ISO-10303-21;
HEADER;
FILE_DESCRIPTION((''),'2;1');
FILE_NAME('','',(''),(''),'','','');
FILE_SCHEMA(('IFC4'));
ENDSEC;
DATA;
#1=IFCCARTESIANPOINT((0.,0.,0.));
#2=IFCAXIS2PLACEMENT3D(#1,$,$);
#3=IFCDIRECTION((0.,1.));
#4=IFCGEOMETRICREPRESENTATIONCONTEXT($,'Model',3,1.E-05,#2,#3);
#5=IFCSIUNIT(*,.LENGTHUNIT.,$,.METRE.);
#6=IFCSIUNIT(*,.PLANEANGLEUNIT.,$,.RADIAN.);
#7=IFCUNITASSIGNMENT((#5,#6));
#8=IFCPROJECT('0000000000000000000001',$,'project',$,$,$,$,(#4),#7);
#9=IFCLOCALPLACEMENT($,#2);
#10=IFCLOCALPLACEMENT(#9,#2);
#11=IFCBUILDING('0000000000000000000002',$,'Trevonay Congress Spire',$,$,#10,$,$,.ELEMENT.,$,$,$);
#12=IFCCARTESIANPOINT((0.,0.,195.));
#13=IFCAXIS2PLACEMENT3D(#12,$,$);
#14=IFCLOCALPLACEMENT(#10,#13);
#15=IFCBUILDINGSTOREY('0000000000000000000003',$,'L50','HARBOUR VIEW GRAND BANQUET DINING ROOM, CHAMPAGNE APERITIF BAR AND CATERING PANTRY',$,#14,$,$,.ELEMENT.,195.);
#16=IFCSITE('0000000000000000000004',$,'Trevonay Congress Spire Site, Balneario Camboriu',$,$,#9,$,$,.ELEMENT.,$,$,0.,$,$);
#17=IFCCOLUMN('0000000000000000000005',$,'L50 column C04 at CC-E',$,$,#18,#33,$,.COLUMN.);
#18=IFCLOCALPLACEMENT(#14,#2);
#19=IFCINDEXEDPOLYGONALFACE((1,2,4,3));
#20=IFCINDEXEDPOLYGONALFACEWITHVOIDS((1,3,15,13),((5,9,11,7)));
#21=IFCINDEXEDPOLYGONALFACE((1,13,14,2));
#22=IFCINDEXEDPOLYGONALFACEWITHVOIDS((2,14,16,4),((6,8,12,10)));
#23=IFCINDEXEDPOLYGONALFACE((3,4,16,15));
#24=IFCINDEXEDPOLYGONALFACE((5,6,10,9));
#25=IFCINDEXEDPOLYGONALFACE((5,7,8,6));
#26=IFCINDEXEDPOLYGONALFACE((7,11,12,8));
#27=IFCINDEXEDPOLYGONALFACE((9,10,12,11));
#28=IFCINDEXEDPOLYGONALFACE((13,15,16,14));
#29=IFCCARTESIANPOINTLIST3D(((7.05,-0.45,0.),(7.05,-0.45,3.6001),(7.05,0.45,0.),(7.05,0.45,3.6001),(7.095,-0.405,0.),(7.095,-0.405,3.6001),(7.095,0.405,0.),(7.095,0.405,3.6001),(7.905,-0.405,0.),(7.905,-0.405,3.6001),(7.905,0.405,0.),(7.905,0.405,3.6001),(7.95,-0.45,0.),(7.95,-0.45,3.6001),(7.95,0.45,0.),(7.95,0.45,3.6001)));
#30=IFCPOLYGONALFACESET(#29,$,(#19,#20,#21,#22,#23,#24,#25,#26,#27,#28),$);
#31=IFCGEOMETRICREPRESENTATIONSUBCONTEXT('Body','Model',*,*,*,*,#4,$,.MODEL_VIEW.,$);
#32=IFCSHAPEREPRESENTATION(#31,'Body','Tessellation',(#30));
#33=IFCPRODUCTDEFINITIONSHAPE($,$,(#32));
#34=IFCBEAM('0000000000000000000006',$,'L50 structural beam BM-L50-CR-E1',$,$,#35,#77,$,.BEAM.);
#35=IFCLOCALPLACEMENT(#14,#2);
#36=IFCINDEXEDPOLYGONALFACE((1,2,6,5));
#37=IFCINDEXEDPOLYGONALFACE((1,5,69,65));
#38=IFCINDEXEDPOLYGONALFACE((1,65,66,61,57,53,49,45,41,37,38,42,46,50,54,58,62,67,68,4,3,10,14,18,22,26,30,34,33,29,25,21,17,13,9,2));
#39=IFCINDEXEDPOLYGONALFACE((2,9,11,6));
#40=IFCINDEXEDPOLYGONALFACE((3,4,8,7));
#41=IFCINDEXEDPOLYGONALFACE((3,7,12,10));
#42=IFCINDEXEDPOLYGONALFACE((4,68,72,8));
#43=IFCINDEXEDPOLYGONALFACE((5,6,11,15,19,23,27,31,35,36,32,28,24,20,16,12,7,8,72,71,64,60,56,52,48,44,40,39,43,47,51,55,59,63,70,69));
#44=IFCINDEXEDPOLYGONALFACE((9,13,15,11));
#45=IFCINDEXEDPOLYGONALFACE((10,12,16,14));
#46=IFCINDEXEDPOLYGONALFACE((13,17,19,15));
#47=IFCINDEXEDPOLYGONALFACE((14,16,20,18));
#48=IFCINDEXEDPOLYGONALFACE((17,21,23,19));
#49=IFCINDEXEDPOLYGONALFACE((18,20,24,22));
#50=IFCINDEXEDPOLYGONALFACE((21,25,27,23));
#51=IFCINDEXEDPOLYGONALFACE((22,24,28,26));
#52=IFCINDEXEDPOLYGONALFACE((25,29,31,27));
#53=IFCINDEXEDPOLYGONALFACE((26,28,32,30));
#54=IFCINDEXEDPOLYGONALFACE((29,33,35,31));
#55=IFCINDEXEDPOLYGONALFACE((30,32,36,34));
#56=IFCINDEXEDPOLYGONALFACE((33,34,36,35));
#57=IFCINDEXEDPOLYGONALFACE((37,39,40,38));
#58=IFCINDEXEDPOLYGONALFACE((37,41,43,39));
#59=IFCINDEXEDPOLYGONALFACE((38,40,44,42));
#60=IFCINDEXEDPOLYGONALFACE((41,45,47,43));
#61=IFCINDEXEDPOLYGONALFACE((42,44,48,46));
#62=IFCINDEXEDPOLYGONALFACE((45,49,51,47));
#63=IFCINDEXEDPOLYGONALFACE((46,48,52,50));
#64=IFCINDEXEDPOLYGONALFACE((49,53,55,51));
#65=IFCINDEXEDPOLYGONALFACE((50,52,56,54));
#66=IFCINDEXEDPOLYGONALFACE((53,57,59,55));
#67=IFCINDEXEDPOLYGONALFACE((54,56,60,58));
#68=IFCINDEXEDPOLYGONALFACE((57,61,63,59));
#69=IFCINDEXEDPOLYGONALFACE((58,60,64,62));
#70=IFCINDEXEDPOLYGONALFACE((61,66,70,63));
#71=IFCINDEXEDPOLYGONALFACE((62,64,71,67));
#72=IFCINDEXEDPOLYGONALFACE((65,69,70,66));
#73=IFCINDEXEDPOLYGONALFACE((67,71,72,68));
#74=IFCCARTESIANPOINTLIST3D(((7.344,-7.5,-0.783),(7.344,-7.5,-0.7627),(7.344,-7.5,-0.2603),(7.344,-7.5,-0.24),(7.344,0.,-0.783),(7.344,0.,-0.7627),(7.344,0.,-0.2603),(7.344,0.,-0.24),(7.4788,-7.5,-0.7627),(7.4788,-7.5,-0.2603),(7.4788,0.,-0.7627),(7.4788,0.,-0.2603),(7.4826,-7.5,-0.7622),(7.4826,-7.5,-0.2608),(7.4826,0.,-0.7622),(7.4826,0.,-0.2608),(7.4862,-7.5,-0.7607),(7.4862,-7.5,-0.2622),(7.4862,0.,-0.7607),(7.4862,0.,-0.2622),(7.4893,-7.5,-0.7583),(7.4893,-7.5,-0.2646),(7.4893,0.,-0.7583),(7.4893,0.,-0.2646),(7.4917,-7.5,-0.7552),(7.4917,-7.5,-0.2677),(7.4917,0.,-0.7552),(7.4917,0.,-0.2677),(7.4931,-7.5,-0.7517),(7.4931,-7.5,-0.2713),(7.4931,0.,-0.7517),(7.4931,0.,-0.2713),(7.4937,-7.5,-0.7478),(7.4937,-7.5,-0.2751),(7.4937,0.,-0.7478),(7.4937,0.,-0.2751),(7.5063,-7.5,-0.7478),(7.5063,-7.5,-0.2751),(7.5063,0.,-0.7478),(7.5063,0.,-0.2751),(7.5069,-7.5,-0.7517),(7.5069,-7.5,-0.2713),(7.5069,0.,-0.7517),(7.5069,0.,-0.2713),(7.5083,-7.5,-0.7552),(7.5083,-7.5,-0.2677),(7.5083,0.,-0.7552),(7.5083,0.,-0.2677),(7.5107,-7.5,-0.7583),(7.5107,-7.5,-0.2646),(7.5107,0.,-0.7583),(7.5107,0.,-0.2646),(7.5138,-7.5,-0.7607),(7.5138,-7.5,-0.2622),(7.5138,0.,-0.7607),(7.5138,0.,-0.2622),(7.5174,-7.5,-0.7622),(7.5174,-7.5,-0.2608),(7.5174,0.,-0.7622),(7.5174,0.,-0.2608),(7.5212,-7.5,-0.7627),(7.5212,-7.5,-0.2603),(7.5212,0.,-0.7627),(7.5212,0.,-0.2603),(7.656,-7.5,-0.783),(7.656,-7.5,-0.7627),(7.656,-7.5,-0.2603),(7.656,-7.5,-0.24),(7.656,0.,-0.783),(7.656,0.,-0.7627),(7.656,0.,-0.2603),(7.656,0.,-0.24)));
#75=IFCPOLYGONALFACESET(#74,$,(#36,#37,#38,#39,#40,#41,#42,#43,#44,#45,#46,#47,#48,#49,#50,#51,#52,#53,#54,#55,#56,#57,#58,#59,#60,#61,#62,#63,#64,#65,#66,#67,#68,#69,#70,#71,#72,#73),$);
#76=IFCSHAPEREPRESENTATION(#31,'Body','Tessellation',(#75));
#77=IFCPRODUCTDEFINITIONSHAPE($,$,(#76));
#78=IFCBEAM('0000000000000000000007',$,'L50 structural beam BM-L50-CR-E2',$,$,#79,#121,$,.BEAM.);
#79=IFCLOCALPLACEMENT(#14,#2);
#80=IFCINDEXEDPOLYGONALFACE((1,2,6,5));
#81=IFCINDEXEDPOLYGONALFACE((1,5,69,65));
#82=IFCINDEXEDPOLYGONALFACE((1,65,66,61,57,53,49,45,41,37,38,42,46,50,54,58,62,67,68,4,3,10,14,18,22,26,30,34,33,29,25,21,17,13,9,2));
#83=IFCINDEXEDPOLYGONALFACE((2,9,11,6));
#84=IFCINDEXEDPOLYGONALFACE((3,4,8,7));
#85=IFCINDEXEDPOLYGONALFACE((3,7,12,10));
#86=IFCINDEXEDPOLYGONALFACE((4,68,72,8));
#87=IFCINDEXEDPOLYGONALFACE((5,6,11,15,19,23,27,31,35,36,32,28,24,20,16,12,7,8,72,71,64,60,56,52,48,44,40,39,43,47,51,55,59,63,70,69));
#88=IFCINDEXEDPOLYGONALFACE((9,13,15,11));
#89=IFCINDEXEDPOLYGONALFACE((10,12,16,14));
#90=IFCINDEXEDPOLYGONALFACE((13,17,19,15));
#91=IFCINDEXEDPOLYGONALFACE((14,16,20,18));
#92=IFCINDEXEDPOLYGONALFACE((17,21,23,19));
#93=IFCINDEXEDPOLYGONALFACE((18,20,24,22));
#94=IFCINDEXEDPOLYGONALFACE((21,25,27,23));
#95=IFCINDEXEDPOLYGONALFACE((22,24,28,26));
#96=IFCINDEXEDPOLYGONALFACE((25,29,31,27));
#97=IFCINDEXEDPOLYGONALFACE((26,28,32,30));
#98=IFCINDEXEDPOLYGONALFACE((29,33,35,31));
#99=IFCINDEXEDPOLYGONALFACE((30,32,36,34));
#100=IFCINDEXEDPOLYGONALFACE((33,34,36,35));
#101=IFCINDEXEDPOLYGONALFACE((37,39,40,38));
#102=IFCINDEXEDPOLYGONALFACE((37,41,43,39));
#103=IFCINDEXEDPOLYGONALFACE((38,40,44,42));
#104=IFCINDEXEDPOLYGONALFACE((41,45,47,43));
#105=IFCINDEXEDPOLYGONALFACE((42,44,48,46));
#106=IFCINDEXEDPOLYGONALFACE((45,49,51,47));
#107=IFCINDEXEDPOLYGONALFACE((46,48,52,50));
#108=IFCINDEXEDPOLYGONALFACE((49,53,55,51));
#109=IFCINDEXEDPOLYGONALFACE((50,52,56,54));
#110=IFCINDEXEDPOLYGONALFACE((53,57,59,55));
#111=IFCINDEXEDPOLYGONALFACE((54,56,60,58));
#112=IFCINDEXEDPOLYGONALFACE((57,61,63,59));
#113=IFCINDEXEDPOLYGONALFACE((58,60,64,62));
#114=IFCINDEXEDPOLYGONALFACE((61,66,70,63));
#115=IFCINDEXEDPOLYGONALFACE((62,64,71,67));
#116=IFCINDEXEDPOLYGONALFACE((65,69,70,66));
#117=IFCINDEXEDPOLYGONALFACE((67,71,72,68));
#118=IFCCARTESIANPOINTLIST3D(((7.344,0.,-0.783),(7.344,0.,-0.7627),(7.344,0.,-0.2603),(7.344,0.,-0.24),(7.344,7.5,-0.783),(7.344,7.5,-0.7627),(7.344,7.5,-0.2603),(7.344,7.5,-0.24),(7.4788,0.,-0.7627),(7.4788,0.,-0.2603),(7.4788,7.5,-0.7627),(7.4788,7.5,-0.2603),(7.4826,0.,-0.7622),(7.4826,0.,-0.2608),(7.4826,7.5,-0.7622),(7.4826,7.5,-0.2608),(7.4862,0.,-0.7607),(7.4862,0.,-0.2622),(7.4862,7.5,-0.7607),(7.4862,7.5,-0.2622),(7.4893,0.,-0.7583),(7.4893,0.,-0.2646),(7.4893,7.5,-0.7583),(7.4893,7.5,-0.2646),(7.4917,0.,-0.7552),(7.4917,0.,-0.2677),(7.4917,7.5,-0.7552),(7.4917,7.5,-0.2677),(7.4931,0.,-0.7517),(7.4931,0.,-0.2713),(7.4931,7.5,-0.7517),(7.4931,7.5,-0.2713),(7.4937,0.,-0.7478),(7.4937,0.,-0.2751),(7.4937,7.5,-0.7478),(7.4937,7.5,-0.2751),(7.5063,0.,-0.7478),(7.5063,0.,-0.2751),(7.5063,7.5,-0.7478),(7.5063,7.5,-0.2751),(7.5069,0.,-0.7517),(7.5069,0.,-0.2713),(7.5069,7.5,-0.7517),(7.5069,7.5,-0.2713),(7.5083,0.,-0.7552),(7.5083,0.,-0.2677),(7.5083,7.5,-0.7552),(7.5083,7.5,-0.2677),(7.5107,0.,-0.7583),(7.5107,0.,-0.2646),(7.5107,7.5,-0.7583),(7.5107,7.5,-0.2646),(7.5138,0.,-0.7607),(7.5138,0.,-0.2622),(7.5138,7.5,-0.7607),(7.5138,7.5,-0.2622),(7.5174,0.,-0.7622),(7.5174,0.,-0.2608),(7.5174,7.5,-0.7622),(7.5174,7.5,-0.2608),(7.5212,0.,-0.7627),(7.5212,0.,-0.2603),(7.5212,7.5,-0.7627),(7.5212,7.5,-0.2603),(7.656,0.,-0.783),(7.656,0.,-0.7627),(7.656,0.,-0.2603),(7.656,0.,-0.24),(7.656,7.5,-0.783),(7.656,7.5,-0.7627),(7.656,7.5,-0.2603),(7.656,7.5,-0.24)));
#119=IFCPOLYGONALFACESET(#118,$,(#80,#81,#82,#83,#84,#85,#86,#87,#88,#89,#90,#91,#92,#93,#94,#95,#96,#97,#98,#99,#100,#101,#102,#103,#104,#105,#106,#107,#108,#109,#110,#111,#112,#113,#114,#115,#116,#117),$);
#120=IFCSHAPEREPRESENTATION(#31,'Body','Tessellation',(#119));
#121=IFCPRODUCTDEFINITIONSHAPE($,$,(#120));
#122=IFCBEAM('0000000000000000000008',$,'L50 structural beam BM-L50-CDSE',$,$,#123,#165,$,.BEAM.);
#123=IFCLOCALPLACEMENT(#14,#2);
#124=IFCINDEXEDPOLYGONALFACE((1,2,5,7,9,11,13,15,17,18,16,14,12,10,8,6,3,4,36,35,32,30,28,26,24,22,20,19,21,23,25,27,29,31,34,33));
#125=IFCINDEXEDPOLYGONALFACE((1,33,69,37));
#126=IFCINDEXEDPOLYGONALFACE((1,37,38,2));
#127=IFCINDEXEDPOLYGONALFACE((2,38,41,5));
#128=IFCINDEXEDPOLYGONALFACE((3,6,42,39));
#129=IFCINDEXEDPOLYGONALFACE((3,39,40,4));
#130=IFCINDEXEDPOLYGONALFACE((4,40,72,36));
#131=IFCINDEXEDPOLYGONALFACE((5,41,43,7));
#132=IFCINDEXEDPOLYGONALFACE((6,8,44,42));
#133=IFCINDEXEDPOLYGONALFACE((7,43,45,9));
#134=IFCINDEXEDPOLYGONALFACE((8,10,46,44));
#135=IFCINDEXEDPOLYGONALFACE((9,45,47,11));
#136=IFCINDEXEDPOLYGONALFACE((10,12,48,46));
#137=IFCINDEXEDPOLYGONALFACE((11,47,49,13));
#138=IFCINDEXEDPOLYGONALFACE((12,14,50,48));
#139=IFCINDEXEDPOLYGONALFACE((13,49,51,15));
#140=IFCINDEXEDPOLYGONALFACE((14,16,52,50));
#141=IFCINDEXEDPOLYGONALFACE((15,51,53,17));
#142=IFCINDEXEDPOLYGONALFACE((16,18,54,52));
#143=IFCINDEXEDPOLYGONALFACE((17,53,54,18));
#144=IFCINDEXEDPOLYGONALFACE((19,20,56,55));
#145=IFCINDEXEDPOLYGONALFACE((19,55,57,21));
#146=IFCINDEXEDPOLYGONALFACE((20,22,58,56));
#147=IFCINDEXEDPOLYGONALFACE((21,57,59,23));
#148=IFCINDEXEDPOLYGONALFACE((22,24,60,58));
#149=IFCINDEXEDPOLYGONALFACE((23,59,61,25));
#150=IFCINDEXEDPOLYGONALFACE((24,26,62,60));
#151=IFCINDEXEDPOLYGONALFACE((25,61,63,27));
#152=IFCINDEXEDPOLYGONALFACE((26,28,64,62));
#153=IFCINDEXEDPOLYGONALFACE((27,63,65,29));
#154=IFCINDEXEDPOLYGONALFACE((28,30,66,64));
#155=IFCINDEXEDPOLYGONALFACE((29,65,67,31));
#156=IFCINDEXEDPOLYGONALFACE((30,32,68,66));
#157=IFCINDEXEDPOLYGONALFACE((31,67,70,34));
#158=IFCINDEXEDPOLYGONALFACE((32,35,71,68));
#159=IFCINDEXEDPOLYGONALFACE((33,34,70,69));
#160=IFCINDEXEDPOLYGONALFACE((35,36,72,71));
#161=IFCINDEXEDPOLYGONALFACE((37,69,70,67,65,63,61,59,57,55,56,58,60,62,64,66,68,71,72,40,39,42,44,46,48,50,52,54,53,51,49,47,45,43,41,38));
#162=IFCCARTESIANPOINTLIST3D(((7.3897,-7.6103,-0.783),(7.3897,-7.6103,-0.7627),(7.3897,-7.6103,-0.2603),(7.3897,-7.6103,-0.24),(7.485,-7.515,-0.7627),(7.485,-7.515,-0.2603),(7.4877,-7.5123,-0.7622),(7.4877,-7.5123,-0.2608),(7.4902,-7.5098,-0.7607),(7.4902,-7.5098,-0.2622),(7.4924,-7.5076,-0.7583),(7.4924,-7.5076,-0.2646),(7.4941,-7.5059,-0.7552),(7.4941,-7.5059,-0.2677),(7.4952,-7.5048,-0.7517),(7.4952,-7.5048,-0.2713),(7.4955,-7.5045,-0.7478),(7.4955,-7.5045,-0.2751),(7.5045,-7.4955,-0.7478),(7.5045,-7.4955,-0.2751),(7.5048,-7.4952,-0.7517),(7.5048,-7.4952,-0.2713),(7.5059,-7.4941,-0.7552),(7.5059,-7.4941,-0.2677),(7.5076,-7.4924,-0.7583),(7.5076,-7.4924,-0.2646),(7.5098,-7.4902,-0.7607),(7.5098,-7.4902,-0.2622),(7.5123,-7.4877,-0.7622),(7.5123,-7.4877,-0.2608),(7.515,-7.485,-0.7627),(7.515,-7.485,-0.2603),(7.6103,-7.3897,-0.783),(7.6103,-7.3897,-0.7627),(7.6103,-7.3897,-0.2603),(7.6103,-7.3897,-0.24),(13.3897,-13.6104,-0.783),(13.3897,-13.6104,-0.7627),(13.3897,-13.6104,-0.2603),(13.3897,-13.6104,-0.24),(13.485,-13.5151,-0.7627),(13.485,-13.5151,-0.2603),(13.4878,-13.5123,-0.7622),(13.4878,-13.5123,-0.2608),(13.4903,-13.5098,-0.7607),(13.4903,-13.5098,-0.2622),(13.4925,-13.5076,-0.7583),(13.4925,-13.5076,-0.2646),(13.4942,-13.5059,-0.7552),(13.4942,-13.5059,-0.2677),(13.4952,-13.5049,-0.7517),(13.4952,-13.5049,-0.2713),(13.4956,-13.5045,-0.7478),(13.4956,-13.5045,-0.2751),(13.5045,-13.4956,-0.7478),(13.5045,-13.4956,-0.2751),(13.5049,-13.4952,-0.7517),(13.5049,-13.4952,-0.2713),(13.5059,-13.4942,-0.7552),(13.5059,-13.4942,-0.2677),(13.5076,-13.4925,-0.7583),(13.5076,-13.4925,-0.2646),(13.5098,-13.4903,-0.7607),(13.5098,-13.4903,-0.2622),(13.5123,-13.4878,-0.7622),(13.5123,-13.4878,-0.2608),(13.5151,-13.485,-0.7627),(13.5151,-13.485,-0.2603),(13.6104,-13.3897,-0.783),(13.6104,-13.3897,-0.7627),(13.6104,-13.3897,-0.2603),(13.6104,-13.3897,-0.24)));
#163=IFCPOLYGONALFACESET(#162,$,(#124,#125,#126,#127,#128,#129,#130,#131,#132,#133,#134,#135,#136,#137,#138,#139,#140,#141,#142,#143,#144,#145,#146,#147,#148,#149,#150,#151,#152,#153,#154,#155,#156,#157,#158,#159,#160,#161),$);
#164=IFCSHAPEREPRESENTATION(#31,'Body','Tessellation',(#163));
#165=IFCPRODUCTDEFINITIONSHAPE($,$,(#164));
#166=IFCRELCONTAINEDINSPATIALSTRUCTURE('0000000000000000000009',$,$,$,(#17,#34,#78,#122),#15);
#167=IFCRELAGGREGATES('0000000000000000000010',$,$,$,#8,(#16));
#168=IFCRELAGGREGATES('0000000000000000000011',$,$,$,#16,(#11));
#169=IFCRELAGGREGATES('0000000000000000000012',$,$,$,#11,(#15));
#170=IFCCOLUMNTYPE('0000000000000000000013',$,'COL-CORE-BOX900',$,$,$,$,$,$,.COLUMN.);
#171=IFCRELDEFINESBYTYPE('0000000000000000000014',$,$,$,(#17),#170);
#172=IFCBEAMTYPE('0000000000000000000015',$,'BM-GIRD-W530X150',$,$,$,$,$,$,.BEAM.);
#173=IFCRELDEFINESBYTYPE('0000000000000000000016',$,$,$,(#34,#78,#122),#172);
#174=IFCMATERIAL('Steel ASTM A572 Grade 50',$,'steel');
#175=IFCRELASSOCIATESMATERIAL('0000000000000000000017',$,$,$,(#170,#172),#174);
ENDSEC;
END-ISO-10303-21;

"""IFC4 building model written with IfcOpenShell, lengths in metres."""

from ifc_helpers import new_model, si_unit, direction, frame, origin, origin_2d, place, context, subcontext, project, spatial, hollow_rectangle, i_section, extrude, material, material_profile, profile_set, type_object, element, save


model = new_model("IFC4")

# Units and contexts
model_context = context("Model", 3, precision=1e-05, world=origin(), true_north=direction((0.0, 1.0)))
body_context = subcontext(model_context, "Body", "Model", "MODEL_VIEW")
ifc_project = project(units=[si_unit("LENGTHUNIT", "METRE"), si_unit("PLANEANGLEUNIT", "RADIAN")], contexts=[model_context])

# Site, building, storey
site_placement = place(None, origin())
site = spatial("IfcSite", under=ifc_project, at=site_placement, Name="Trevonay Congress Spire Site, Balneario Camboriu", CompositionType="ELEMENT", RefElevation=0.0)
building_placement = place(site_placement, origin())
building = spatial("IfcBuilding", under=site, at=building_placement, Name="Trevonay Congress Spire", CompositionType="ELEMENT")
storey_placement = place(building_placement, frame((0.0, 0.0, 195.0)))
storey = spatial("IfcBuildingStorey", under=building, at=storey_placement, Name="L50", Description="HARBOUR VIEW GRAND BANQUET DINING ROOM, CHAMPAGNE APERITIF BAR AND CATERING PANTRY", CompositionType="ELEMENT", Elevation=195.0)

# Column
ifc_material_1 = material(Name="Steel ASTM A572 Grade 50", Category="steel")
ifc_material_profile_1 = material_profile(ifc_material_1, hollow_rectangle(XDim=0.8999, YDim=0.8999, WallThickness=0.0449, at=origin_2d()), Name="BOX 900x900x45")
ifc_profile_set_1 = profile_set([ifc_material_profile_1], Name="Steel ASTM A572 Grade 50")
column_type = type_object("IfcColumnType", Name="COL-CORE-BOX900", PredefinedType="COLUMN", material=ifc_profile_set_1)
column_placement = place(storey_placement, frame((7.5, 0.0, 0.0), z_axis=(0.0, 0.0, 1.0), x_axis=(1.0, 0.0, 0.0)))
element("IfcColumn", 1, at=column_placement, inside=storey, type_object=column_type, Name="L50 column C04 at CC-E", PredefinedType="COLUMN", context=body_context, shape_type="SweptSolid", body=[
    extrude(hollow_rectangle(XDim=0.8999, YDim=0.8999, WallThickness=0.0449, at=origin_2d()), origin(), (0.0, 0.0, 1.0), 3.6001),
])

# Beams
ifc_material_profile_2 = material_profile(ifc_material_1, i_section(OverallWidth=0.312, OverallDepth=0.543, WebThickness=0.0127, FlangeThickness=0.0203, FilletRadius=0.0149, at=origin_2d()), Name="W530x150")
ifc_profile_set_2 = profile_set([ifc_material_profile_2], Name="Steel ASTM A572 Grade 50")
beam_type_1 = type_object("IfcBeamType", Name="BM-GIRD-W530X150", PredefinedType="BEAM", material=ifc_profile_set_2)
for number, where, z_axis, x_axis, name in (
    (2, (7.5, -7.5, -0.5115), (0.0, 1.0, 0.0), (-1.0, 0.0, 0.0), "L50 structural beam BM-L50-CR-E1"),
    (3, (7.5, 0.0, -0.5115), (0.0, 1.0, 0.0), (-1.0, 0.0, 0.0), "L50 structural beam BM-L50-CR-E2"),
):
    element("IfcBeam", number, at=place(storey_placement, frame(where, z_axis=z_axis, x_axis=x_axis)), inside=storey, type_object=beam_type_1, Name=name, PredefinedType="BEAM", context=body_context, shape_type="SweptSolid", body=[
        extrude(i_section(OverallWidth=0.312, OverallDepth=0.543, WebThickness=0.0127, FlangeThickness=0.0203, FilletRadius=0.0149, at=origin_2d()), origin(), (0.0, 0.0, 1.0), 7.5),
    ])
beam_1_placement = place(storey_placement, frame((7.5, -7.5, -0.5115), z_axis=(0.707107, -0.707107, 0.0), x_axis=(0.707107, 0.707107, 0.0)))
element("IfcBeam", 4, at=beam_1_placement, inside=storey, type_object=beam_type_1, Name="L50 structural beam BM-L50-CDSE", PredefinedType="BEAM", context=body_context, shape_type="SweptSolid", body=[
    extrude(i_section(OverallWidth=0.312, OverallDepth=0.543, WebThickness=0.0127, FlangeThickness=0.0203, FilletRadius=0.0149, at=origin_2d()), origin(), (0.0, 0.0, 1.0), 8.4854),
])

save(model, "model.ifc")
